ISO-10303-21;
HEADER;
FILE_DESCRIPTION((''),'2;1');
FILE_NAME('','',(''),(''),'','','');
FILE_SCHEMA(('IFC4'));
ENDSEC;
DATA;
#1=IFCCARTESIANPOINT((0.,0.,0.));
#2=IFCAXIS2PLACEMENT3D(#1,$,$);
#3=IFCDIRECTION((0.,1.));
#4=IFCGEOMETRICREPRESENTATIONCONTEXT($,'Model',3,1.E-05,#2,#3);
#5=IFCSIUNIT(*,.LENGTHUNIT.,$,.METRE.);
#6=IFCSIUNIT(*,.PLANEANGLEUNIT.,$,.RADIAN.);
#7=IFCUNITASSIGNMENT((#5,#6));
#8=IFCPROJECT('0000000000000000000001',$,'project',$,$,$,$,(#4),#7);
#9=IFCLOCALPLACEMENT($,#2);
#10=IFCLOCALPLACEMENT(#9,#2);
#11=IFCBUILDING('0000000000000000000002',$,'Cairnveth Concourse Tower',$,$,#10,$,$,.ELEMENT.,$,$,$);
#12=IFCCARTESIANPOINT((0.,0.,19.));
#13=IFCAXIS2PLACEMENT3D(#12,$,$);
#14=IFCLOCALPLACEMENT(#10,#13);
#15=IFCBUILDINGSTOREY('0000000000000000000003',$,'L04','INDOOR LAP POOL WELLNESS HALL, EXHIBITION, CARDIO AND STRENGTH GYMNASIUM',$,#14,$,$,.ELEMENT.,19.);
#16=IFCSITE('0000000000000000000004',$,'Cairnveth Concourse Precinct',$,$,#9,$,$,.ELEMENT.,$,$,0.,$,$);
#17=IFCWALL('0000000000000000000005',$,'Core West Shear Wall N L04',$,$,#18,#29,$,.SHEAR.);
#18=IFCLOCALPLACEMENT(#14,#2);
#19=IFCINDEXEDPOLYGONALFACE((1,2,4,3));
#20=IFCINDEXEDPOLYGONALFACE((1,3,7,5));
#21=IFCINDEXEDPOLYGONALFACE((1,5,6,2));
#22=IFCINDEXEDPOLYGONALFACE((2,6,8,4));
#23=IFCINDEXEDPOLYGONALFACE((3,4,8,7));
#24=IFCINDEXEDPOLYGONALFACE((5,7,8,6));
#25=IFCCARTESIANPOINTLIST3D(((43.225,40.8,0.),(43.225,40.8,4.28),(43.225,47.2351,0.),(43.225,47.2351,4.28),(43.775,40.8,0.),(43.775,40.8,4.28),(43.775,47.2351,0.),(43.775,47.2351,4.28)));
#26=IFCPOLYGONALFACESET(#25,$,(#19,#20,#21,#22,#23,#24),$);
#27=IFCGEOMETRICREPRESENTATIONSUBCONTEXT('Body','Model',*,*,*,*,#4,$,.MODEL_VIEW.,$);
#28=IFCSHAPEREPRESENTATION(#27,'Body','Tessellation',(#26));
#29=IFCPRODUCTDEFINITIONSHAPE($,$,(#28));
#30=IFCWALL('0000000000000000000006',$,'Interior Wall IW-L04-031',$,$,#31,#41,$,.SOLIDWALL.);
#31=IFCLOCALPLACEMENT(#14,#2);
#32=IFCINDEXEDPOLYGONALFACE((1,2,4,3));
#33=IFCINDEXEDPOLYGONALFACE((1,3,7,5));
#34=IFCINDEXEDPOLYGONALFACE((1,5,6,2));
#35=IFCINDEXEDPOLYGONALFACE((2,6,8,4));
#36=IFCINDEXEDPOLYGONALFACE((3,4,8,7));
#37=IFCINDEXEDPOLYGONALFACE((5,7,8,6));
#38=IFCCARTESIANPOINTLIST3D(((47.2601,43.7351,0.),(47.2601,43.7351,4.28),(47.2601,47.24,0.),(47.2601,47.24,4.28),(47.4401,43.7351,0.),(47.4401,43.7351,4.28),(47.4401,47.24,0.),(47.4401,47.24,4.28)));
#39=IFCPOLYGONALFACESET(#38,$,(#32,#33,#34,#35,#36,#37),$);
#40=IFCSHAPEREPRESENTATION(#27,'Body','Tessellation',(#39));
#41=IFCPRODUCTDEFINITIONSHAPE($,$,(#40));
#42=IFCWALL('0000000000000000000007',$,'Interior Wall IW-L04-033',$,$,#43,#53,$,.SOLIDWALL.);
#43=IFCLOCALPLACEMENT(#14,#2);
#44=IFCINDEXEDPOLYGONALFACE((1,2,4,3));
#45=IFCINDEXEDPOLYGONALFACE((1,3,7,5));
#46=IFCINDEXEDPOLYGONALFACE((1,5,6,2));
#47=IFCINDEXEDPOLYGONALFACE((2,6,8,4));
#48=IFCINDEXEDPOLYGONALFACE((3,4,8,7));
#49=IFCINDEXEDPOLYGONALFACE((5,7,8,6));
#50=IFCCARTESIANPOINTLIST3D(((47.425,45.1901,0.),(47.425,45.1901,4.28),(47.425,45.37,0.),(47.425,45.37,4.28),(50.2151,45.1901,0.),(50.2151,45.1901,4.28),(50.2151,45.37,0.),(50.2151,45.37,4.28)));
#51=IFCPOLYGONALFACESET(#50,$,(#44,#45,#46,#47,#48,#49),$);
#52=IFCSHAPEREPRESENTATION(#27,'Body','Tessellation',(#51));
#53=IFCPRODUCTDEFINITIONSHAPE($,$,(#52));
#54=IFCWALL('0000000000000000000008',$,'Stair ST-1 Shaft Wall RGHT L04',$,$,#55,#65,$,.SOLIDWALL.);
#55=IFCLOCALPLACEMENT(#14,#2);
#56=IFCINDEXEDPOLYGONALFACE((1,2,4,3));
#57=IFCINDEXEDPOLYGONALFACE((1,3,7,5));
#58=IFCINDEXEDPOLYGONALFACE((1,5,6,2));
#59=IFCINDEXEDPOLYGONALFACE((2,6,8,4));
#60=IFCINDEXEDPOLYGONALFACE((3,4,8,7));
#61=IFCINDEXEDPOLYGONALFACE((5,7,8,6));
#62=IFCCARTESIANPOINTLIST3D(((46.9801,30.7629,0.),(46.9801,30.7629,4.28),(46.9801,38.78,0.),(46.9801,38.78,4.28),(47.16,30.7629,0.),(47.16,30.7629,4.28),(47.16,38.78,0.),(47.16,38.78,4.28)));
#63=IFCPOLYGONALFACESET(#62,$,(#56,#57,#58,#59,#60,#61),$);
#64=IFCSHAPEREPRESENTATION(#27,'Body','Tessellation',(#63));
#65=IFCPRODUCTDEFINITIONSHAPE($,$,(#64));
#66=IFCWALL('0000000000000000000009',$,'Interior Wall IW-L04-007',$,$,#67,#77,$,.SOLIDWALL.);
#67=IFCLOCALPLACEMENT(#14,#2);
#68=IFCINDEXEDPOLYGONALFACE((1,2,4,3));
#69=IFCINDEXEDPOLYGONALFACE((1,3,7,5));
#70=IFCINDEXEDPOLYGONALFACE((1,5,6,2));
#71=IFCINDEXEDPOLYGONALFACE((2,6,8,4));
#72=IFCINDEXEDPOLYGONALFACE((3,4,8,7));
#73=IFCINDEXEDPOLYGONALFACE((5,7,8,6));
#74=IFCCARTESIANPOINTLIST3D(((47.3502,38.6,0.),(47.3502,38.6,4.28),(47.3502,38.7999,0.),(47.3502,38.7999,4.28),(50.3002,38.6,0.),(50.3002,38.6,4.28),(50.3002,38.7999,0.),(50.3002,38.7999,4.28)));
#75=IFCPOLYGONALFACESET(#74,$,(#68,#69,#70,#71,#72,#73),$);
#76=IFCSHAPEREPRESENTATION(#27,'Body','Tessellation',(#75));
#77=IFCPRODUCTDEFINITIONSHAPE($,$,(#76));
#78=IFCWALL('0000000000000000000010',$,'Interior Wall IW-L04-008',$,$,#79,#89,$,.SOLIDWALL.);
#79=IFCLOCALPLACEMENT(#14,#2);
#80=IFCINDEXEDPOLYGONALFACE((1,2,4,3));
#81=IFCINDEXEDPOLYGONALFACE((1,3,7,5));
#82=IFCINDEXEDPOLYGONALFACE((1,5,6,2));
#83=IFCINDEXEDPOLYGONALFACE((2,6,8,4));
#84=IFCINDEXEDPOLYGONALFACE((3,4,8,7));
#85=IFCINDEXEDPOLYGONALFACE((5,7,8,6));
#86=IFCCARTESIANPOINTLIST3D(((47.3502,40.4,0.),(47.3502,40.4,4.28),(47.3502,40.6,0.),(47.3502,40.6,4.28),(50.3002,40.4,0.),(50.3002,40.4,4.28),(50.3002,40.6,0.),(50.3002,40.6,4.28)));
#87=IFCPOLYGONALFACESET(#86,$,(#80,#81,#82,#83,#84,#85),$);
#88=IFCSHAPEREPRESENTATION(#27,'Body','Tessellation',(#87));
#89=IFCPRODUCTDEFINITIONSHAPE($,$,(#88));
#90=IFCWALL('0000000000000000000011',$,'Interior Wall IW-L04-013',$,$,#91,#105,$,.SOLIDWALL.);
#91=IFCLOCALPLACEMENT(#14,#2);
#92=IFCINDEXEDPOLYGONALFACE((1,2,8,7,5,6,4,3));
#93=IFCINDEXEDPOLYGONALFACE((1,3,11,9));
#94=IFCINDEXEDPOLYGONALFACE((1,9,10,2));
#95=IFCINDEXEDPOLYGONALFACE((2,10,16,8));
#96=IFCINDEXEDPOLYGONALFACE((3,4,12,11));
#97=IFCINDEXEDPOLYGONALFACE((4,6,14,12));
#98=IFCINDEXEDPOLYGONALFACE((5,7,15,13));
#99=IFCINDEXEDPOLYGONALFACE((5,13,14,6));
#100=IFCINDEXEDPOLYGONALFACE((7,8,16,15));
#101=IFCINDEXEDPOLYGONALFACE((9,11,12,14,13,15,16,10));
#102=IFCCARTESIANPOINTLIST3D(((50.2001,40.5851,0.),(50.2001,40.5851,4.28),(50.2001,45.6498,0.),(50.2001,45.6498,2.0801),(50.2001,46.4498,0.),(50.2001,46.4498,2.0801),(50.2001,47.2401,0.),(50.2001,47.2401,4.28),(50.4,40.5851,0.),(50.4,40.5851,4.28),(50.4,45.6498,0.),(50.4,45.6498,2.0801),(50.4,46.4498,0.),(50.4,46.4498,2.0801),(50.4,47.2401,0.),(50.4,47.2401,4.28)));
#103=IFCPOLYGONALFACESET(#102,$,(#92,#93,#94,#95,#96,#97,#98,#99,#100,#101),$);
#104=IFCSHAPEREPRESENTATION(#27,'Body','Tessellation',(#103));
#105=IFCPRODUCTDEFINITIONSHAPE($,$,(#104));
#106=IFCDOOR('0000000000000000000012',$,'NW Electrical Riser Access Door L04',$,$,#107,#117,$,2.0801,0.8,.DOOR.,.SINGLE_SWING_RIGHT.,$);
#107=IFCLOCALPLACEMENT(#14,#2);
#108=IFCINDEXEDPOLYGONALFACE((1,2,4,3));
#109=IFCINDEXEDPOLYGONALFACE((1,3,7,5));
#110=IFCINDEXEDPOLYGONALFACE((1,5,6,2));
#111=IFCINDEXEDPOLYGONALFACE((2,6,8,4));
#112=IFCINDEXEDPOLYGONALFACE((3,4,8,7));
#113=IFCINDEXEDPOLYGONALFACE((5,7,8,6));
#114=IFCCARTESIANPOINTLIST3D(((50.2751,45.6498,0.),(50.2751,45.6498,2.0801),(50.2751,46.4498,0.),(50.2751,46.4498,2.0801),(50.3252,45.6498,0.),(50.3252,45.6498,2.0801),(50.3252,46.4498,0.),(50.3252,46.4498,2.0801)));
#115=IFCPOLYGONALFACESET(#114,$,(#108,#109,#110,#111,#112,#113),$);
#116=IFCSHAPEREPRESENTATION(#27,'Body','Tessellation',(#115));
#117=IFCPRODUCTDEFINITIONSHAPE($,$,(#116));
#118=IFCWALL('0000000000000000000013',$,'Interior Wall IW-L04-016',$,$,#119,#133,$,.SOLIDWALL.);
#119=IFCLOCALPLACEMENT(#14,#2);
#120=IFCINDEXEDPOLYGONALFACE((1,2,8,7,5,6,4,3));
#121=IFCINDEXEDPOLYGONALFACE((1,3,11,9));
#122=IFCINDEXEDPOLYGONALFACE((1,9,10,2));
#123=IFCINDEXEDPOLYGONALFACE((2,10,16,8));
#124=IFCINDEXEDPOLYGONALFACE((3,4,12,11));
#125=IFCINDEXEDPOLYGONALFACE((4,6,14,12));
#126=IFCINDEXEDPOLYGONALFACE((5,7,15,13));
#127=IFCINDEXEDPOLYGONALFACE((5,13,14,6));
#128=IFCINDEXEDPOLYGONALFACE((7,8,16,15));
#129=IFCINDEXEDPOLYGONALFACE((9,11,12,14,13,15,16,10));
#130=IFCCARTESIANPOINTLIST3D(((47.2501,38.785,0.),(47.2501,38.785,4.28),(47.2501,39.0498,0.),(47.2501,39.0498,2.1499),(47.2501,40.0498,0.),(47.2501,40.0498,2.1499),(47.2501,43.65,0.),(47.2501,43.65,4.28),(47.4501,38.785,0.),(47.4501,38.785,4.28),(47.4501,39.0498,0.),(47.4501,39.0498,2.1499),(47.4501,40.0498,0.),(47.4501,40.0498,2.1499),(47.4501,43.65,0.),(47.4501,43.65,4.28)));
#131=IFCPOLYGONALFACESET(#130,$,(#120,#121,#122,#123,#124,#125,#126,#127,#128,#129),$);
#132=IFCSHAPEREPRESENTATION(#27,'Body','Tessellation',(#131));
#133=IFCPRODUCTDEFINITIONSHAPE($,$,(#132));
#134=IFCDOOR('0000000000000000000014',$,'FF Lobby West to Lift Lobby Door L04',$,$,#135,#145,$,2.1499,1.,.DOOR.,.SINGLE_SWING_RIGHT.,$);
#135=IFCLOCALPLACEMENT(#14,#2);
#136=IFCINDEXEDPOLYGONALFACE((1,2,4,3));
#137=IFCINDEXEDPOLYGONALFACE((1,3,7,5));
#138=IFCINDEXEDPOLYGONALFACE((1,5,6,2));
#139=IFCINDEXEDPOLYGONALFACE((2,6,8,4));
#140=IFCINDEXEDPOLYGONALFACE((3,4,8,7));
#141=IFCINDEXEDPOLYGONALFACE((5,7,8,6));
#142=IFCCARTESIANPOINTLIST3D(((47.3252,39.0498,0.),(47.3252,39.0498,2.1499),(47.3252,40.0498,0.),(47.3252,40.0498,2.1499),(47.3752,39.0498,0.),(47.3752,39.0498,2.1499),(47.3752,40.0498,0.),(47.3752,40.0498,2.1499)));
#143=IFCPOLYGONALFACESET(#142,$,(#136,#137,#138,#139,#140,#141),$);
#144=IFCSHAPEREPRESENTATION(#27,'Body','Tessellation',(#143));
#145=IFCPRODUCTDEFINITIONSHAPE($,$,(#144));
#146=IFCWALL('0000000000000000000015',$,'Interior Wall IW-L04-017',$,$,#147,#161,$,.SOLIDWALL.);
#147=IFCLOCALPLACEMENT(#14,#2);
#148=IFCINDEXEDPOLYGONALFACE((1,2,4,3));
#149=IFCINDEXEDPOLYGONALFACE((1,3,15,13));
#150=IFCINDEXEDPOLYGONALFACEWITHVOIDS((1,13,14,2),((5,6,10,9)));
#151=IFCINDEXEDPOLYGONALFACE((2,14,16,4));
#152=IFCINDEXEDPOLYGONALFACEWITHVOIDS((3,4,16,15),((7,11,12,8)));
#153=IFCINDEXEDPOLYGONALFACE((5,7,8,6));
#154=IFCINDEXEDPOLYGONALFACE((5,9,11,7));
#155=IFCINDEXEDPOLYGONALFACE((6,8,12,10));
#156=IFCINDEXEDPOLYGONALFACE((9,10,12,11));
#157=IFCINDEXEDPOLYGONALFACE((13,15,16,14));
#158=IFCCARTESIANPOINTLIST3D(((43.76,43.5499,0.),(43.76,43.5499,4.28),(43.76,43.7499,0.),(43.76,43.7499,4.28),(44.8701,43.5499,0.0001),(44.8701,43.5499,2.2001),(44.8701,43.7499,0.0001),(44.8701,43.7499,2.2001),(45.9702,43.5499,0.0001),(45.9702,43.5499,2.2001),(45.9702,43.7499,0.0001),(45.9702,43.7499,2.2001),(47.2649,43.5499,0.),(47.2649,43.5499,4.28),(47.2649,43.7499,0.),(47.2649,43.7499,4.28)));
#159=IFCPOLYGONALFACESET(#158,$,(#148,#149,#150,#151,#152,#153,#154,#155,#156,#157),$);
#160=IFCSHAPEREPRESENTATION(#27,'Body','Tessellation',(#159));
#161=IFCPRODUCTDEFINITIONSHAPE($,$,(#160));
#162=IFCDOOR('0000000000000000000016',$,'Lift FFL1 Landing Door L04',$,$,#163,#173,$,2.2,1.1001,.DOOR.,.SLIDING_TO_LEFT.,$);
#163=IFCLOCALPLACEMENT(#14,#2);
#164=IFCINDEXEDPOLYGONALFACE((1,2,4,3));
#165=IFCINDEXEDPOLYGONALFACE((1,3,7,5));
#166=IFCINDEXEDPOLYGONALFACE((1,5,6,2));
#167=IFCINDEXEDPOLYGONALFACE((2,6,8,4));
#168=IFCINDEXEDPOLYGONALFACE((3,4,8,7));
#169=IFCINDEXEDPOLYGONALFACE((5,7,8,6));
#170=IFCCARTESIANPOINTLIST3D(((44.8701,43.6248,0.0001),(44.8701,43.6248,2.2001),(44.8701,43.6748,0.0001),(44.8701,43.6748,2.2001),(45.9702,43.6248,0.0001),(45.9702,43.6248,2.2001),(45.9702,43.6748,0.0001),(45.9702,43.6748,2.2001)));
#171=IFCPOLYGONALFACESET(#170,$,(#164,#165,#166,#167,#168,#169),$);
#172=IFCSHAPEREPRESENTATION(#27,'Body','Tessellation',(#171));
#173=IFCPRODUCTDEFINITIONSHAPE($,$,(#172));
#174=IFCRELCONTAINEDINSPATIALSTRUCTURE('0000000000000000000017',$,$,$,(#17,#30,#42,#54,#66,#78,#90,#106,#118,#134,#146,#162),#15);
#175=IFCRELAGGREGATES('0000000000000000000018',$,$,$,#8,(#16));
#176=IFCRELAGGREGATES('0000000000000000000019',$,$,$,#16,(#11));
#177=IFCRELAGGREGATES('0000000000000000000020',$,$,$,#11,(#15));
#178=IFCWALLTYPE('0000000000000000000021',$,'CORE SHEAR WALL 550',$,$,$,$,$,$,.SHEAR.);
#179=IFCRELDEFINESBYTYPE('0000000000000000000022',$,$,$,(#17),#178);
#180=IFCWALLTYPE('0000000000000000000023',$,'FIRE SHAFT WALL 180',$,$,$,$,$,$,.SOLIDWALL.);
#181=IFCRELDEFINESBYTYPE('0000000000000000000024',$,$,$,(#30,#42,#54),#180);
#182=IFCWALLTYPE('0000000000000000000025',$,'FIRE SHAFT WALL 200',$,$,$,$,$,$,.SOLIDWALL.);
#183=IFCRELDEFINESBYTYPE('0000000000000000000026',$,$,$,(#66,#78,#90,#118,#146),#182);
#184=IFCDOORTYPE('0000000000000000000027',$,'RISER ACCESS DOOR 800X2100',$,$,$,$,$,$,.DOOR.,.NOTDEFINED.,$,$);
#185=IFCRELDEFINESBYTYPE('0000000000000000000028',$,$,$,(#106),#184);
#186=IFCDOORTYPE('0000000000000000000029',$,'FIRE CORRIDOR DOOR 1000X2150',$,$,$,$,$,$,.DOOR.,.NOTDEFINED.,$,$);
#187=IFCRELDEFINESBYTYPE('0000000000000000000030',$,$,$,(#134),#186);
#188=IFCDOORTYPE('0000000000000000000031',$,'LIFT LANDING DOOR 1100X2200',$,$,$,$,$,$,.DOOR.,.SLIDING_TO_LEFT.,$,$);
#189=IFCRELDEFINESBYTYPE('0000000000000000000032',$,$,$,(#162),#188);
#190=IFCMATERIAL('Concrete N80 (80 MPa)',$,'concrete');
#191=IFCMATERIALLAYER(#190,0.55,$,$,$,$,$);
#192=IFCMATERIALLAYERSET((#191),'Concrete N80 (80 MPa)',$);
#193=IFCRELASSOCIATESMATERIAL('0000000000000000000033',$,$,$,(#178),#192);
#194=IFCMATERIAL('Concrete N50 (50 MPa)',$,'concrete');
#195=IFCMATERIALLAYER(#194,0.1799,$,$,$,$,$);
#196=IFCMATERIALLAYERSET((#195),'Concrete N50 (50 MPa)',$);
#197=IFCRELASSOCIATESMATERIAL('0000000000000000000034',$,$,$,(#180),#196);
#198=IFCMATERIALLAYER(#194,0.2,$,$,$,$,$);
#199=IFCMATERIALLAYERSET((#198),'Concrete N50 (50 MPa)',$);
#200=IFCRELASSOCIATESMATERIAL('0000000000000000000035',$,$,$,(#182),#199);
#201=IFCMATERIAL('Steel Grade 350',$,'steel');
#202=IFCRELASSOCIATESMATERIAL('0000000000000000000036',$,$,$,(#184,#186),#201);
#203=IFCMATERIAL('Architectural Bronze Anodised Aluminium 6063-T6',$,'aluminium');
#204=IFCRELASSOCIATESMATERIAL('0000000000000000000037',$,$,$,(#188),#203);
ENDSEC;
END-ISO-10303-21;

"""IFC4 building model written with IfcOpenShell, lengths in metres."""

from ifc_helpers import new_model, si_unit, direction, frame, frame_2d, origin, place, context, subcontext, project, spatial, rectangle, extrude, material, layer, layer_set, type_object, element, fill, save


model = new_model("IFC4")

# Units and contexts
model_context = context("Model", 3, precision=1e-05, world=origin(), true_north=direction((0.0, 1.0)))
body_context = subcontext(model_context, "Body", "Model", "MODEL_VIEW")
ifc_project = project(units=[si_unit("LENGTHUNIT", "METRE"), si_unit("PLANEANGLEUNIT", "RADIAN")], contexts=[model_context])

# Site, building, storey
site_placement = place(None, origin())
site = spatial("IfcSite", under=ifc_project, at=site_placement, Name="Cairnveth Concourse Precinct", CompositionType="ELEMENT", RefElevation=0.0)
building_placement = place(site_placement, origin())
building = spatial("IfcBuilding", under=site, at=building_placement, Name="Cairnveth Concourse Tower", CompositionType="ELEMENT")
storey_placement = place(building_placement, frame((0.0, 0.0, 19.0)))
storey = spatial("IfcBuildingStorey", under=building, at=storey_placement, Name="L04", Description="INDOOR LAP POOL WELLNESS HALL, EXHIBITION, CARDIO AND STRENGTH GYMNASIUM", CompositionType="ELEMENT", Elevation=19.0)

# Shared definitions
ifc_material_1 = material(Name="Concrete N80 (80 MPa)", Category="concrete")

# Shared definitions
ifc_material_2 = material(Name="Steel Grade 350", Category="steel")

# Walls
ifc_layer_1 = layer(ifc_material_1, 0.55)
ifc_layer_set_1 = layer_set([ifc_layer_1], Name="Concrete N80 (80 MPa)")
wall_type_1 = type_object("IfcWallType", Name="CORE SHEAR WALL 550", PredefinedType="SHEAR", material=ifc_layer_set_1)
wall_1_placement = place(storey_placement, frame((43.5, 40.8, 0.0), z_axis=(0.0, 0.0, 1.0), x_axis=(0.0, 1.0, 0.0)))
element("IfcWall", 1, at=wall_1_placement, inside=storey, type_object=wall_type_1, Name="Core West Shear Wall N L04", PredefinedType="SHEAR", context=body_context, shape_type="SweptSolid", body=[
    extrude(rectangle(XDim=6.4351, YDim=0.55, at=frame_2d((3.2175, 0.0))), origin(), (0.0, 0.0, 1.0), 4.28),
])
ifc_material_3 = material(Name="Concrete N50 (50 MPa)", Category="concrete")
ifc_layer_2 = layer(ifc_material_3, 0.1799)
ifc_layer_set_2 = layer_set([ifc_layer_2], Name="Concrete N50 (50 MPa)")
wall_type_2 = type_object("IfcWallType", Name="FIRE SHAFT WALL 180", PredefinedType="SOLIDWALL", material=ifc_layer_set_2)
wall_2_placement = place(storey_placement, frame((47.3501, 43.7351, 0.0), z_axis=(0.0, 0.0, 1.0), x_axis=(0.0, 1.0, 0.0)))
element("IfcWall", 2, at=wall_2_placement, inside=storey, type_object=wall_type_2, Name="Interior Wall IW-L04-031", PredefinedType="SOLIDWALL", context=body_context, shape_type="SweptSolid", body=[
    extrude(rectangle(XDim=3.5049, YDim=0.1799, at=frame_2d((1.7524, 0.0))), origin(), (0.0, 0.0, 1.0), 4.28),
])
wall_3_placement = place(storey_placement, frame((47.425, 45.28, 0.0), z_axis=(0.0, 0.0, 1.0), x_axis=(1.0, 0.0, 0.0)))
element("IfcWall", 3, at=wall_3_placement, inside=storey, type_object=wall_type_2, Name="Interior Wall IW-L04-033", PredefinedType="SOLIDWALL", context=body_context, shape_type="SweptSolid", body=[
    extrude(rectangle(XDim=2.79, YDim=0.1799, at=frame_2d((1.395, 0.0))), origin(), (0.0, 0.0, 1.0), 4.28),
])

# Walls
wall_4_placement = place(storey_placement, frame((47.0701, 38.78, 0.0), z_axis=(0.0, 0.0, 1.0), x_axis=(0.0, -1.0, 0.0)))
element("IfcWall", 4, at=wall_4_placement, inside=storey, type_object=wall_type_2, Name="Stair ST-1 Shaft Wall RGHT L04", PredefinedType="SOLIDWALL", context=body_context, shape_type="SweptSolid", body=[
    extrude(rectangle(XDim=8.0171, YDim=0.1799, at=frame_2d((4.0085, 0.0))), origin(), (0.0, 0.0, 1.0), 4.28),
])
ifc_layer_3 = layer(ifc_material_3, 0.2)
ifc_layer_set_3 = layer_set([ifc_layer_3], Name="Concrete N50 (50 MPa)")
wall_type_3 = type_object("IfcWallType", Name="FIRE SHAFT WALL 200", PredefinedType="SOLIDWALL", material=ifc_layer_set_3)
for number, where, z_axis, x_axis, name in (
    (5, (47.3501, 38.7, 0.0), (0.0, 0.0, 1.0), (1.0, 0.0, 0.0), "Interior Wall IW-L04-007"),
    (6, (47.3501, 40.5, 0.0), (0.0, 0.0, 1.0), (1.0, 0.0, 0.0), "Interior Wall IW-L04-008"),
):
    element("IfcWall", number, at=place(storey_placement, frame(where, z_axis=z_axis, x_axis=x_axis)), inside=storey, type_object=wall_type_3, Name=name, PredefinedType="SOLIDWALL", context=body_context, shape_type="SweptSolid", body=[
        extrude(rectangle(XDim=2.95, YDim=0.2, at=frame_2d((1.4751, 0.0))), origin(), (0.0, 0.0, 1.0), 4.28),
    ])

# Walls, openings, doors
wall_5_placement = place(storey_placement, frame((50.3, 40.585, 0.0), z_axis=(0.0, 0.0, 1.0), x_axis=(0.0, 1.0, 0.0)))
wall_5 = element("IfcWall", 7, at=wall_5_placement, inside=storey, type_object=wall_type_3, Name="Interior Wall IW-L04-013", PredefinedType="SOLIDWALL", context=body_context, shape_type="SweptSolid", body=[
    extrude(rectangle(XDim=6.655, YDim=0.2, at=frame_2d((3.3276, 0.0))), origin(), (0.0, 0.0, 1.0), 4.28),
])
opening_1_placement = place(wall_5_placement, frame((5.0649, 0.0, 0.0)))
opening_1 = element("IfcOpeningElement", 8, at=opening_1_placement, cuts=wall_5, PredefinedType="OPENING", context=body_context, shape_type="SweptSolid", body=[
    extrude(rectangle(XDim=0.8, YDim=2.0801, at=frame_2d((0.3999, 1.04))), frame((0.0, 0.1099, 0.0), z_axis=(0.0, -1.0, 0.0), x_axis=(1.0, 0.0, 0.0)), (0.0, 0.0, 1.0), 0.22),
])
door_type_1 = type_object("IfcDoorType", Name="RISER ACCESS DOOR 800X2100", OperationType="NOTDEFINED", PredefinedType="DOOR", material=ifc_material_2)
door_1_placement = place(opening_1_placement, origin())
door_1 = element("IfcDoor", 9, at=door_1_placement, inside=storey, type_object=door_type_1, Name="NW Electrical Riser Access Door L04", OperationType="SINGLE_SWING_RIGHT", OverallHeight=2.0801, OverallWidth=0.8, PredefinedType="DOOR", context=body_context, shape_type="SweptSolid", body=[
    extrude(rectangle(XDim=0.8, YDim=2.0801, at=frame_2d((0.3999, 1.04))), frame((0.0, 0.0249, 0.0), z_axis=(0.0, -1.0, 0.0), x_axis=(1.0, 0.0, 0.0)), (0.0, 0.0, 1.0), 0.05),
])
fill(opening_1, door_1)
wall_6_placement = place(storey_placement, frame((47.3501, 38.7849, 0.0), z_axis=(0.0, 0.0, 1.0), x_axis=(0.0, 1.0, 0.0)))
wall_6 = element("IfcWall", 10, at=wall_6_placement, inside=storey, type_object=wall_type_3, Name="Interior Wall IW-L04-016", PredefinedType="SOLIDWALL", context=body_context, shape_type="SweptSolid", body=[
    extrude(rectangle(XDim=4.865, YDim=0.2, at=frame_2d((2.4326, 0.0))), origin(), (0.0, 0.0, 1.0), 4.28),
])
opening_2_placement = place(wall_6_placement, frame((0.2649, 0.0, 0.0)))
opening_2 = element("IfcOpeningElement", 11, at=opening_2_placement, cuts=wall_6, PredefinedType="OPENING", context=body_context, shape_type="SweptSolid", body=[
    extrude(rectangle(XDim=1.0, YDim=2.1499, at=frame_2d((0.5, 1.075))), frame((0.0, 0.1099, 0.0), z_axis=(0.0, -1.0, 0.0), x_axis=(1.0, 0.0, 0.0)), (0.0, 0.0, 1.0), 0.22),
])
door_type_2 = type_object("IfcDoorType", Name="FIRE CORRIDOR DOOR 1000X2150", OperationType="NOTDEFINED", PredefinedType="DOOR", material=ifc_material_2)
door_2_placement = place(opening_2_placement, origin())
door_2 = element("IfcDoor", 12, at=door_2_placement, inside=storey, type_object=door_type_2, Name="FF Lobby West to Lift Lobby Door L04", OperationType="SINGLE_SWING_RIGHT", OverallHeight=2.1499, OverallWidth=1.0, PredefinedType="DOOR", context=body_context, shape_type="SweptSolid", body=[
    extrude(rectangle(XDim=1.0, YDim=2.1499, at=frame_2d((0.5, 1.075))), frame((0.0, 0.0249, 0.0), z_axis=(0.0, -1.0, 0.0), x_axis=(1.0, 0.0, 0.0)), (0.0, 0.0, 1.0), 0.05),
])
fill(opening_2, door_2)
wall_7_placement = place(storey_placement, frame((43.76, 43.6499, 0.0), z_axis=(0.0, 0.0, 1.0), x_axis=(1.0, 0.0, 0.0)))
wall_7 = element("IfcWall", 13, at=wall_7_placement, inside=storey, type_object=wall_type_3, Name="Interior Wall IW-L04-017", PredefinedType="SOLIDWALL", context=body_context, shape_type="SweptSolid", body=[
    extrude(rectangle(XDim=3.5049, YDim=0.2, at=frame_2d((1.7524, 0.0))), origin(), (0.0, 0.0, 1.0), 4.28),
])
opening_3_placement = place(wall_7_placement, frame((1.1101, 0.0, 0.0)))
opening_3 = element("IfcOpeningElement", 14, at=opening_3_placement, cuts=wall_7, PredefinedType="OPENING", context=body_context, shape_type="SweptSolid", body=[
    extrude(rectangle(XDim=1.1001, YDim=2.2, at=frame_2d((0.55, 1.1001))), frame((0.0, 0.1099, 0.0), z_axis=(0.0, -1.0, 0.0), x_axis=(1.0, 0.0, 0.0)), (0.0, 0.0, 1.0), 0.22),
])
ifc_material_4 = material(Name="Architectural Bronze Anodised Aluminium 6063-T6", Category="aluminium")
door_type_3 = type_object("IfcDoorType", Name="LIFT LANDING DOOR 1100X2200", OperationType="SLIDING_TO_LEFT", PredefinedType="DOOR", material=ifc_material_4)
door_3_placement = place(opening_3_placement, origin())
door_3 = element("IfcDoor", 15, at=door_3_placement, inside=storey, type_object=door_type_3, Name="Lift FFL1 Landing Door L04", OperationType="SLIDING_TO_LEFT", OverallHeight=2.2, OverallWidth=1.1001, PredefinedType="DOOR", context=body_context, shape_type="SweptSolid", body=[
    extrude(rectangle(XDim=1.1001, YDim=2.2, at=frame_2d((0.55, 1.1001))), frame((0.0, 0.0249, 0.0), z_axis=(0.0, -1.0, 0.0), x_axis=(1.0, 0.0, 0.0)), (0.0, 0.0, 1.0), 0.05),
])
fill(opening_3, door_3)

save(model, "model.ifc")
